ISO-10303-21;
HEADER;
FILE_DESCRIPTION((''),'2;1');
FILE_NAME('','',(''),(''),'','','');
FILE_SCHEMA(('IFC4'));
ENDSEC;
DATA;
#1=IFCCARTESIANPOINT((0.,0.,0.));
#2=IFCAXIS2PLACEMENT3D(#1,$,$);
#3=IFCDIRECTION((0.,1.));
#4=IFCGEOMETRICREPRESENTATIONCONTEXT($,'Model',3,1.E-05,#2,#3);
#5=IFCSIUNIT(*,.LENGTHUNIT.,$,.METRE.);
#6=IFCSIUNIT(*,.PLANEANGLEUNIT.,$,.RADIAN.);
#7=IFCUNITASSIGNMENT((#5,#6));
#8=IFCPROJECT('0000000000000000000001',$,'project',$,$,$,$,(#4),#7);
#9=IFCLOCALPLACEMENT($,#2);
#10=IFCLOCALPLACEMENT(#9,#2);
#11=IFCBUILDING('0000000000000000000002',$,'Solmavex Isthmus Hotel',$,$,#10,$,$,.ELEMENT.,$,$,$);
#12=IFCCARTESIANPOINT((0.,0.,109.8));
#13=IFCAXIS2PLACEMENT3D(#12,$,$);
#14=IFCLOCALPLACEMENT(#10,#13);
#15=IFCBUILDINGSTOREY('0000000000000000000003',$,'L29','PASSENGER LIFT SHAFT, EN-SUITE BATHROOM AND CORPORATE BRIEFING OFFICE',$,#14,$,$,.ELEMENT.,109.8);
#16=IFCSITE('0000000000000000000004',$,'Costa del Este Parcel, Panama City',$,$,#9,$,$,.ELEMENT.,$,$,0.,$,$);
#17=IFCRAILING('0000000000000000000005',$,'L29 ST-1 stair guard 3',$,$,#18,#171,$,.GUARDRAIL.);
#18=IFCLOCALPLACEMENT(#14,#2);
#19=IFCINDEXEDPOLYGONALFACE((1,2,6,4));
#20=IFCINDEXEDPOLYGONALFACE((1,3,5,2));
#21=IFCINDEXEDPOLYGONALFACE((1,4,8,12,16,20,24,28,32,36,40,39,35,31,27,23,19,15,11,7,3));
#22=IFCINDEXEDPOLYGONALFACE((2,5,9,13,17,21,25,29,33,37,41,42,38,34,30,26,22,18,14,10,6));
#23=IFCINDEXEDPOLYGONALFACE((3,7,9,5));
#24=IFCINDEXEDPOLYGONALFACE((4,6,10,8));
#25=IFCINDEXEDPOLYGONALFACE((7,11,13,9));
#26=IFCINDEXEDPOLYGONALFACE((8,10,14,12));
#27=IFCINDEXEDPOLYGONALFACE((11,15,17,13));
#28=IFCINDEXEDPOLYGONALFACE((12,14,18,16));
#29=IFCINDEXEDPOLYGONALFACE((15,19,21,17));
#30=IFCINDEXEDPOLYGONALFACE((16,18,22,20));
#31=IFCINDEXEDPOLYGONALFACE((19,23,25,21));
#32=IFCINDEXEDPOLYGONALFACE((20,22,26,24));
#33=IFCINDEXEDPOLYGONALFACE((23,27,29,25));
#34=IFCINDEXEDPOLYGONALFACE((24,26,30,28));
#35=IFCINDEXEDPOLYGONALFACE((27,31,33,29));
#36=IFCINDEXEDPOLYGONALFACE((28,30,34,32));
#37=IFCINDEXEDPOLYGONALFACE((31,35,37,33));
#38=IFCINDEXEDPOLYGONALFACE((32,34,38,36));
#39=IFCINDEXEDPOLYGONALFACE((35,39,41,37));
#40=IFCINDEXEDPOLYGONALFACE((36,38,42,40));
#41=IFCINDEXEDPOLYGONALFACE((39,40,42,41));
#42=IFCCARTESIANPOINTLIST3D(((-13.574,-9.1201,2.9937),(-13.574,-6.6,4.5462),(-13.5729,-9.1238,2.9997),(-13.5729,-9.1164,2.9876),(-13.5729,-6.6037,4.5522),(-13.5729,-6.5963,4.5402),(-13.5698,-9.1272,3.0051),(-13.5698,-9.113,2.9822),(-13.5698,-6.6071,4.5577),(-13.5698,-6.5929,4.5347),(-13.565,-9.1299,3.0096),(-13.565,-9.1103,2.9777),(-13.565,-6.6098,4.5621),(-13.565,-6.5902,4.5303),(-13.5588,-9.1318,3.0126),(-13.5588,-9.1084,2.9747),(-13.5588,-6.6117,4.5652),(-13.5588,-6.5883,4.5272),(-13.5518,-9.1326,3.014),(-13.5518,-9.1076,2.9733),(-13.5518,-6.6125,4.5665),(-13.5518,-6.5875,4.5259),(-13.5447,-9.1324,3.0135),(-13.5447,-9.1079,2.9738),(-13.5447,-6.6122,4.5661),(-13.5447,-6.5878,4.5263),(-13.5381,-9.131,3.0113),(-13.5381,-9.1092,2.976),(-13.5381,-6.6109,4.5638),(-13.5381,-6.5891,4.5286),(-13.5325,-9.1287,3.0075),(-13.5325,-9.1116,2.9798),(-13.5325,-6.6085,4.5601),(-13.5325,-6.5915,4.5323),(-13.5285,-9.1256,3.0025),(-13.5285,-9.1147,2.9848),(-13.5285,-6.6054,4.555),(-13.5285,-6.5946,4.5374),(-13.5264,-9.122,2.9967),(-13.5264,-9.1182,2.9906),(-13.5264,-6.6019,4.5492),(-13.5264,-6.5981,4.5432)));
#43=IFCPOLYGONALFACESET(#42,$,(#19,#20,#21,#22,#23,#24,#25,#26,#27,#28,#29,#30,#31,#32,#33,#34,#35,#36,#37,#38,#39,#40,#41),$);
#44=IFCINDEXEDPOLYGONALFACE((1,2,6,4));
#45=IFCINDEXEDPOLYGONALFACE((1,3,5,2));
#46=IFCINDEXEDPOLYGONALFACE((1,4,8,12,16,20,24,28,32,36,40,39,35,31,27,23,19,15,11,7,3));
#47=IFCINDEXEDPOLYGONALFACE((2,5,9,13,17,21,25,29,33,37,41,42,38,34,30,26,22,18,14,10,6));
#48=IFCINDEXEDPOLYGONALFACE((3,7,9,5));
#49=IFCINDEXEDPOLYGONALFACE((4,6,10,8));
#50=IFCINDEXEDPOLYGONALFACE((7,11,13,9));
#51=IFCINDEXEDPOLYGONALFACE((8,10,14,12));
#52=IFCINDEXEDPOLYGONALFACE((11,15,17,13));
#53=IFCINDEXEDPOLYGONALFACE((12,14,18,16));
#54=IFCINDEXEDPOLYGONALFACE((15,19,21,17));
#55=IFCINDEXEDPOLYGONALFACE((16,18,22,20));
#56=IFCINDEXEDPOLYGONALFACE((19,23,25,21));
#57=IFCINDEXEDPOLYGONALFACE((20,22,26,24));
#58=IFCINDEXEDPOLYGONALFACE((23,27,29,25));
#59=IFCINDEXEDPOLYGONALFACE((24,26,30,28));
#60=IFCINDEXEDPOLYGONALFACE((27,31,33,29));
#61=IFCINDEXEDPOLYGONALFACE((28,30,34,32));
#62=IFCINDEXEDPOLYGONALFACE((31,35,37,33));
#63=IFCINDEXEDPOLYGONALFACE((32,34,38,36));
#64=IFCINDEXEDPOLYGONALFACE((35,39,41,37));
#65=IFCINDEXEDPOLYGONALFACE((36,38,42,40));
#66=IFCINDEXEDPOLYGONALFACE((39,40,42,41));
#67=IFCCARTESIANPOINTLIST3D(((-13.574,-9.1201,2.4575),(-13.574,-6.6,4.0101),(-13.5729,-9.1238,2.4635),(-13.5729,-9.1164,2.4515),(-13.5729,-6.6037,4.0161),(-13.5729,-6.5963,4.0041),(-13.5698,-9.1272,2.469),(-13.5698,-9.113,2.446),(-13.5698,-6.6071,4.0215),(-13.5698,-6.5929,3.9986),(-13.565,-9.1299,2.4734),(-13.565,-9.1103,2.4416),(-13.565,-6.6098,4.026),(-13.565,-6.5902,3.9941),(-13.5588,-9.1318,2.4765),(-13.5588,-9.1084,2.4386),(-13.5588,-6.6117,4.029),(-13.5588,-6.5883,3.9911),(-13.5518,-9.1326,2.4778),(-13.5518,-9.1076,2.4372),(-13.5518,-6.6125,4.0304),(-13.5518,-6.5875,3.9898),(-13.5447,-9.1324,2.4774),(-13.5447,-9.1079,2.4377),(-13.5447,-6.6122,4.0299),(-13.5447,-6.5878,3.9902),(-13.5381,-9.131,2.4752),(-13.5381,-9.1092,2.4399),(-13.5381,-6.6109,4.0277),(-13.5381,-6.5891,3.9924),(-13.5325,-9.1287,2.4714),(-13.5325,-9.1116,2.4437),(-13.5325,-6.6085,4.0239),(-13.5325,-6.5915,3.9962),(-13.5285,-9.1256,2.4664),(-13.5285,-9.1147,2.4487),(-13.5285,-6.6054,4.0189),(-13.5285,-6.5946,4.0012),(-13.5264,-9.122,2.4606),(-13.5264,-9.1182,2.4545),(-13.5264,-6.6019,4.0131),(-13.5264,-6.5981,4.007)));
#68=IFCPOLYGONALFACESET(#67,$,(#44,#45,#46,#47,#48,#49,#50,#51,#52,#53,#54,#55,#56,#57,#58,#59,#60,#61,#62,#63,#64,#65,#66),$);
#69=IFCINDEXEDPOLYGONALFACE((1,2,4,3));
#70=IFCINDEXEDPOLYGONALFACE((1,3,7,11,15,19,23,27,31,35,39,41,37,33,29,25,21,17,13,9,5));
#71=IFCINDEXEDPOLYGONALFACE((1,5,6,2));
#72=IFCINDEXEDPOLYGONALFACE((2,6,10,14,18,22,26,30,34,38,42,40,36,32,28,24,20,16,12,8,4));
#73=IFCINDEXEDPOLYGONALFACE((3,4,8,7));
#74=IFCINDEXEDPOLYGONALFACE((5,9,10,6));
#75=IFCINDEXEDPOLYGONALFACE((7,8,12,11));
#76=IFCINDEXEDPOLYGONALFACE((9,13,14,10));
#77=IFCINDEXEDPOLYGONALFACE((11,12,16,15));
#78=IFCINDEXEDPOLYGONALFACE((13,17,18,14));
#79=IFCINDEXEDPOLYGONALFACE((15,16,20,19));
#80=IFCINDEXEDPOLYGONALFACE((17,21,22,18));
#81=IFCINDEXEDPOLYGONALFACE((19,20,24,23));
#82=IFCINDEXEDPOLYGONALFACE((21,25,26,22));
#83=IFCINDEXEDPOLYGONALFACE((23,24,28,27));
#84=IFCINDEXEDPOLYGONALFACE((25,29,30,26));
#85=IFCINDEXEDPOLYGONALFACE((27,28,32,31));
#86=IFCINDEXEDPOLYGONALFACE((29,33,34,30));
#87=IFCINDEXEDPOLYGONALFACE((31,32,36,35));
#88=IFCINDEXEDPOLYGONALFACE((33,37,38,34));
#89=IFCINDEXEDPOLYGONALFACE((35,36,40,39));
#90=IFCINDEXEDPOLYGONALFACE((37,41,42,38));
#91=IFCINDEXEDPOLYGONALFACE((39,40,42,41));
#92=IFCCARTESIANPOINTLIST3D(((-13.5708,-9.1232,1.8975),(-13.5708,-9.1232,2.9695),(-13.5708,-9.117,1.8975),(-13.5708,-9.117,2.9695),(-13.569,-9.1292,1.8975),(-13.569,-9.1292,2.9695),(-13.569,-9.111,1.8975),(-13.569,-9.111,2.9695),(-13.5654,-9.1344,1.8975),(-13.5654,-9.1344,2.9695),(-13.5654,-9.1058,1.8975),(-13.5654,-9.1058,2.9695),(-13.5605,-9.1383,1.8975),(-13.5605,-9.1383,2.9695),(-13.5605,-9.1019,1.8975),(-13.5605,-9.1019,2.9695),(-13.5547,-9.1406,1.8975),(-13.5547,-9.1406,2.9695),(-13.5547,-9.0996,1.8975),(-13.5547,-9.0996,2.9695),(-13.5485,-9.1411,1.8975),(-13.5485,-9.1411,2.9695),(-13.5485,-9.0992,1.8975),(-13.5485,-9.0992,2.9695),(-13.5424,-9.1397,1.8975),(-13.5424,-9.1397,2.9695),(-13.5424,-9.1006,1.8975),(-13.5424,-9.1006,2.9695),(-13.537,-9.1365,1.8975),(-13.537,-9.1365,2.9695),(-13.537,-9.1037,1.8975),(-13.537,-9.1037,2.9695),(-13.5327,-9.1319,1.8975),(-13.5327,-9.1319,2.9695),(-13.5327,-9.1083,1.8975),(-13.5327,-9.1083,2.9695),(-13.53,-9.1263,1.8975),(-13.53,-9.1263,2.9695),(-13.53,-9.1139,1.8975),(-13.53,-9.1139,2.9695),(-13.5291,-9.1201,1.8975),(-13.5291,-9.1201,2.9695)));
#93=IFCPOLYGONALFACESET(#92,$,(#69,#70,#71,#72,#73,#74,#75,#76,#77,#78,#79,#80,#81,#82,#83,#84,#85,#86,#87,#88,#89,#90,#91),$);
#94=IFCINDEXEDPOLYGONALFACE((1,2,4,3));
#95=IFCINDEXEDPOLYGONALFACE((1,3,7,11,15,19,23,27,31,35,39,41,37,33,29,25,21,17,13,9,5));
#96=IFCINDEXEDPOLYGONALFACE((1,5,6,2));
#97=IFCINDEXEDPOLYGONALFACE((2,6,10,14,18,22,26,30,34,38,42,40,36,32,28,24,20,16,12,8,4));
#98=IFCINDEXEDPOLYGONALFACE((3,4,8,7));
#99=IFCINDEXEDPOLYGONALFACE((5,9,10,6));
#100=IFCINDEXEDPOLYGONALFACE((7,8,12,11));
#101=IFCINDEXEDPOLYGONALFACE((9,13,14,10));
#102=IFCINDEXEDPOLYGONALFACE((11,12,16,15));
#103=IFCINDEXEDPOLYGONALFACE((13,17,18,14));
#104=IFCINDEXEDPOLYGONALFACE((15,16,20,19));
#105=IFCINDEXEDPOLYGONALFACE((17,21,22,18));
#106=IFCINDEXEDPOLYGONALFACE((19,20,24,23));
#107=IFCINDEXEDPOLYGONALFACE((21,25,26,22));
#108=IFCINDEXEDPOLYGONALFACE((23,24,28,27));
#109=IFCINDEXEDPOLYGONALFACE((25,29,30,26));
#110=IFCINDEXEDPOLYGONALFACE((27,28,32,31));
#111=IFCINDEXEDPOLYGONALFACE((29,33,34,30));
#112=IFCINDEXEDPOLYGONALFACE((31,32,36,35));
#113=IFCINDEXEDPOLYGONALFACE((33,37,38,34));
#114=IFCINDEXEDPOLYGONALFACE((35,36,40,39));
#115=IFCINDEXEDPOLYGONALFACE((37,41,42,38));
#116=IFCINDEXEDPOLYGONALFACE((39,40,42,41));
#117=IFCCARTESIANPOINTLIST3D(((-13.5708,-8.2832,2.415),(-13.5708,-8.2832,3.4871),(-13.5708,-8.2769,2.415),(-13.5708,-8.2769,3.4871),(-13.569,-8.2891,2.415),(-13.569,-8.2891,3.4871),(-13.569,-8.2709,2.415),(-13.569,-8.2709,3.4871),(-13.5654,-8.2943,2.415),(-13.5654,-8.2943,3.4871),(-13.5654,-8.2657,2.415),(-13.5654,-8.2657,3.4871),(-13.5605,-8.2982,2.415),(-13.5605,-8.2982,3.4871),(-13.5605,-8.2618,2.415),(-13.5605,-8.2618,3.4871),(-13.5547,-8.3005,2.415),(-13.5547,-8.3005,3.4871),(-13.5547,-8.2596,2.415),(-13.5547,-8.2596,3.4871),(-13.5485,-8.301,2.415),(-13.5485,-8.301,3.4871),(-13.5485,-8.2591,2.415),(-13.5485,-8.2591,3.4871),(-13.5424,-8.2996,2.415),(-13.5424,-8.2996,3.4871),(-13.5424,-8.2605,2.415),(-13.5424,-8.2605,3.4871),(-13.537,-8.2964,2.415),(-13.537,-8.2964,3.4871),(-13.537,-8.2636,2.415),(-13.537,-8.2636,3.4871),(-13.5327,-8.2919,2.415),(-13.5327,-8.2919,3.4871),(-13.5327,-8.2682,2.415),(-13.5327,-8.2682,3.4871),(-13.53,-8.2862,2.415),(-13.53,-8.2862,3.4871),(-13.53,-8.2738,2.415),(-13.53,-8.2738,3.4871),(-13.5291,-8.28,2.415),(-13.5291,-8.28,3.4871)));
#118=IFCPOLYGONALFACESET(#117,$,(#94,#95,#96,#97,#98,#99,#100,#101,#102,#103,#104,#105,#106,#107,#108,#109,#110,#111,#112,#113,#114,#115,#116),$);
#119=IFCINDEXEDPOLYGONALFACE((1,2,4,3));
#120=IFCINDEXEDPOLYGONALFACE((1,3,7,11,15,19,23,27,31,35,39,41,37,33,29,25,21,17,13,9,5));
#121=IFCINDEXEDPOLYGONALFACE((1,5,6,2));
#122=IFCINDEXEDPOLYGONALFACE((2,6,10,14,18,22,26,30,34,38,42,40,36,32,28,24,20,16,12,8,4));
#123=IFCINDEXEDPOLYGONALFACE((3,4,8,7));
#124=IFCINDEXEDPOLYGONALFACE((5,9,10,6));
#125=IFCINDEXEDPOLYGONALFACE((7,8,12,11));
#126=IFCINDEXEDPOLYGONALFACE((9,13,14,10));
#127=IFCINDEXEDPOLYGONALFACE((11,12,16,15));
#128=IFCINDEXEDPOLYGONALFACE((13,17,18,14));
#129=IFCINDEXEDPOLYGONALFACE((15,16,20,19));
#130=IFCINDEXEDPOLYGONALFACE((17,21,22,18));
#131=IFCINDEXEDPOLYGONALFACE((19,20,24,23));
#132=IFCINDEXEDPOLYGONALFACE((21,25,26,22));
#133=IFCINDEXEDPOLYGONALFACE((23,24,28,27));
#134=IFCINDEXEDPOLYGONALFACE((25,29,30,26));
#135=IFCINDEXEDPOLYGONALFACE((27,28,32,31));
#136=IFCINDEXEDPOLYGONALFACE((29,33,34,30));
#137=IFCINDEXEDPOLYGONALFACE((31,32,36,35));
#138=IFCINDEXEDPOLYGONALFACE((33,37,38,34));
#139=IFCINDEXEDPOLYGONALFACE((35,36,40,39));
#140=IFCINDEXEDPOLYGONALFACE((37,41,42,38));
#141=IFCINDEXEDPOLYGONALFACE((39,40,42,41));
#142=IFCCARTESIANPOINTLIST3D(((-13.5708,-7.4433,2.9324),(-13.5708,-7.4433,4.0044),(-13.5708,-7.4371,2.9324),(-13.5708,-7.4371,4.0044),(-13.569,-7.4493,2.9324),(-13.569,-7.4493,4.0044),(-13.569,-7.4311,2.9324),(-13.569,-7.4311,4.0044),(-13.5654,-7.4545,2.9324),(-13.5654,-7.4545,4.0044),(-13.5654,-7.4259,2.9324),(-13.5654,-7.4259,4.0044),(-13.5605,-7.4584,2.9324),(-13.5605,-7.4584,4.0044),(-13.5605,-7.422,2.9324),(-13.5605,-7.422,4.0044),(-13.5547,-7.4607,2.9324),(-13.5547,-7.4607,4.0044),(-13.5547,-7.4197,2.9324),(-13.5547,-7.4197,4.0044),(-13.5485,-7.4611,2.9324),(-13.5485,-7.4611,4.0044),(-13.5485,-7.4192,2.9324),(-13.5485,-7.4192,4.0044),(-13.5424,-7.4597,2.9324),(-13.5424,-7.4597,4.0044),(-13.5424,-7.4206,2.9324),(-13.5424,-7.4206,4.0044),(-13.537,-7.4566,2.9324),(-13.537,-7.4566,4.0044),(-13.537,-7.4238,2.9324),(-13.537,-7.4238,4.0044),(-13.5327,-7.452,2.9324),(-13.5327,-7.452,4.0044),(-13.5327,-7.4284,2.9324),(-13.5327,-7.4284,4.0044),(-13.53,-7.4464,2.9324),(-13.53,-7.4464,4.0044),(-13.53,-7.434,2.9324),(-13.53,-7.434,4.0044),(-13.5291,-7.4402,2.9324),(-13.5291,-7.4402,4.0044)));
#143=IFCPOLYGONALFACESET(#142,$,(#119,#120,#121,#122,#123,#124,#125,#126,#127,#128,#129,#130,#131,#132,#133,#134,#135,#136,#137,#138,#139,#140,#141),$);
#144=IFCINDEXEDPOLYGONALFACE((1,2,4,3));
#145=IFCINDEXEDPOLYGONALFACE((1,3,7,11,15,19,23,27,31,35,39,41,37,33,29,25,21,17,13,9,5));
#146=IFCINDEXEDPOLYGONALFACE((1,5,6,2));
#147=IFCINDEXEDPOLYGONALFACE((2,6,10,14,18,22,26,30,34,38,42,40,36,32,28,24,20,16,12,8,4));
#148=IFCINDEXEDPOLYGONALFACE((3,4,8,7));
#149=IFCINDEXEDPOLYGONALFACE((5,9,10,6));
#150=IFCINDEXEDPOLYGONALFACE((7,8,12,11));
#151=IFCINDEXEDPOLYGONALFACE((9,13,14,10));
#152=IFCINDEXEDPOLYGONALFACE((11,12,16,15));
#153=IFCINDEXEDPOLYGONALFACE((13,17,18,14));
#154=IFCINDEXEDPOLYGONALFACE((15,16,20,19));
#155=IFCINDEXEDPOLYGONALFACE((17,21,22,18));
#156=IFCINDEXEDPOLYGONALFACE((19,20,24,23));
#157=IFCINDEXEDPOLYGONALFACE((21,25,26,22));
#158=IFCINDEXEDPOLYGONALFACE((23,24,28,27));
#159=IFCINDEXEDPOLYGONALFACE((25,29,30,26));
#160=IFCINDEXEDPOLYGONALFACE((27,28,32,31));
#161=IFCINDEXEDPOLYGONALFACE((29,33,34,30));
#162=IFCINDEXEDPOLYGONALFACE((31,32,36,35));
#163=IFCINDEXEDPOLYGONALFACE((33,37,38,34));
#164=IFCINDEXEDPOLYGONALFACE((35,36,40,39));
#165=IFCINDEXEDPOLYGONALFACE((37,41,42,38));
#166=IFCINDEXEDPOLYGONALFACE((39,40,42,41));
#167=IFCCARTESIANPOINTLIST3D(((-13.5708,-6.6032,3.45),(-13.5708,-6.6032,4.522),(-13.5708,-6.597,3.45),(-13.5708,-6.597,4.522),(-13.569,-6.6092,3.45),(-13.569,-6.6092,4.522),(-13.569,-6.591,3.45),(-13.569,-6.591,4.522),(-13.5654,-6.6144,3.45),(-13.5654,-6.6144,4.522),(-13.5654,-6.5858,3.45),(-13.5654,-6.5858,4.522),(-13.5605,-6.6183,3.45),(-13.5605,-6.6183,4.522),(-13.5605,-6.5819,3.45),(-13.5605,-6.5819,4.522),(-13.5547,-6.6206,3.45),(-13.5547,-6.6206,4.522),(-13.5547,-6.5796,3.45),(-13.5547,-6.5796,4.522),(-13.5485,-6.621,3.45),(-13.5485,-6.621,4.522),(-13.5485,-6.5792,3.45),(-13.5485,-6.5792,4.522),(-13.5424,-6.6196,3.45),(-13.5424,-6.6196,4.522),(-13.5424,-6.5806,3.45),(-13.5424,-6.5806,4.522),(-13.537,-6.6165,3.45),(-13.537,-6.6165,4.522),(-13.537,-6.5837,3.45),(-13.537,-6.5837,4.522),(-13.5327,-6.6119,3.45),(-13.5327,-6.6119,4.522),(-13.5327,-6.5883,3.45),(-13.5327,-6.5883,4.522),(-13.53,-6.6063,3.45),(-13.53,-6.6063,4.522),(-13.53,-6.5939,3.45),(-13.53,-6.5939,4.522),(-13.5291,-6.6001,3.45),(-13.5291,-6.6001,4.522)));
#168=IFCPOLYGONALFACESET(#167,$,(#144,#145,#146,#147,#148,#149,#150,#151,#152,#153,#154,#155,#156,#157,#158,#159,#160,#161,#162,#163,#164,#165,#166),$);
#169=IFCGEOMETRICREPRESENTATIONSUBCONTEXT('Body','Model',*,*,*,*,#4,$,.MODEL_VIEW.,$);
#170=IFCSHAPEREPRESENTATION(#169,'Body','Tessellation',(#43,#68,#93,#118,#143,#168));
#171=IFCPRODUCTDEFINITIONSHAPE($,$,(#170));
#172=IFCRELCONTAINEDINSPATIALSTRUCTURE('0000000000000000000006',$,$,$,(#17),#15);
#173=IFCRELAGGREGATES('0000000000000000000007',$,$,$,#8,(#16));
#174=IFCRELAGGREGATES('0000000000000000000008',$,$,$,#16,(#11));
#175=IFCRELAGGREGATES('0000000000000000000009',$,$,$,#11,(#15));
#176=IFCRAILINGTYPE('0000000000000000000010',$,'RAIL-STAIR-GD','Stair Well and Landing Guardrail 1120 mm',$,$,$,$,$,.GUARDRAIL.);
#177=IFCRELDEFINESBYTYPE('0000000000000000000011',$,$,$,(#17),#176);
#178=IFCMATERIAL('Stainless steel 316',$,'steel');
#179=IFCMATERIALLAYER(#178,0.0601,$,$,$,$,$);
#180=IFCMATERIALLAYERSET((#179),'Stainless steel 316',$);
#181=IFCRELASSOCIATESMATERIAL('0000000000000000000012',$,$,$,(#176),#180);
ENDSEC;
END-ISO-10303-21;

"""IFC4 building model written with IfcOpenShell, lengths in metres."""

from ifc_helpers import new_model, si_unit, direction, frame, origin, origin_2d, place, context, subcontext, project, spatial, circle, extrude, material, layer, layer_set, type_object, element, save


model = new_model("IFC4")

# Units and contexts
model_context = context("Model", 3, precision=1e-05, world=origin(), true_north=direction((0.0, 1.0)))
body_context = subcontext(model_context, "Body", "Model", "MODEL_VIEW")
ifc_project = project(units=[si_unit("LENGTHUNIT", "METRE"), si_unit("PLANEANGLEUNIT", "RADIAN")], contexts=[model_context])

# Site, building, storey
site_placement = place(None, origin())
site = spatial("IfcSite", under=ifc_project, at=site_placement, Name="Costa del Este Parcel, Panama City", CompositionType="ELEMENT", RefElevation=0.0)
building_placement = place(site_placement, origin())
building = spatial("IfcBuilding", under=site, at=building_placement, Name="Solmavex Isthmus Hotel", CompositionType="ELEMENT")
storey_placement = place(building_placement, frame((0.0, 0.0, 109.8)))
storey = spatial("IfcBuildingStorey", under=building, at=storey_placement, Name="L29", Description="PASSENGER LIFT SHAFT, EN-SUITE BATHROOM AND CORPORATE BRIEFING OFFICE", CompositionType="ELEMENT", Elevation=109.8)

# Shared definitions
ifc_material_1 = material(Name="Stainless steel 316", Category="steel")

# Railing
ifc_layer_1 = layer(ifc_material_1, 0.0601)
ifc_layer_set_1 = layer_set([ifc_layer_1], Name="Stainless steel 316")
railing_type_1 = type_object("IfcRailingType", Name="RAIL-STAIR-GD", Description="Stair Well and Landing Guardrail 1120 mm", PredefinedType="GUARDRAIL", material=ifc_layer_set_1)
railing_1_placement = place(storey_placement, frame((-13.55, -9.1201, 1.8975)))
element("IfcRailing", 1, at=railing_1_placement, inside=storey, type_object=railing_type_1, Name="L29 ST-1 stair guard 3", PredefinedType="GUARDRAIL", context=body_context, shape_type="SweptSolid", body=[
    extrude(circle(Radius=0.0239, at=origin_2d()), frame((0.0, 0.0, 1.0962), z_axis=(0.0, 0.8514, 0.524516), x_axis=(-1.0, 0.0, 0.0)), (0.0, 0.0, 1.0), 2.96),
    extrude(circle(Radius=0.0239, at=origin_2d()), frame((0.0, 0.0, 0.5601), z_axis=(0.0, 0.8514, 0.524516), x_axis=(-1.0, 0.0, 0.0)), (0.0, 0.0, 1.0), 2.96),
    extrude(circle(Radius=0.021, at=origin_2d()), origin(), (0.0, 0.0, 1.0), 1.072),
    extrude(circle(Radius=0.021, at=origin_2d()), frame((0.0, 0.8401, 0.5176)), (0.0, 0.0, 1.0), 1.072),
    extrude(circle(Radius=0.021, at=origin_2d()), frame((0.0, 1.6799, 1.0349)), (0.0, 0.0, 1.0), 1.072),
    extrude(circle(Radius=0.021, at=origin_2d()), frame((0.0, 2.52, 1.5525)), (0.0, 0.0, 1.0), 1.072),
])

save(model, "model.ifc")
